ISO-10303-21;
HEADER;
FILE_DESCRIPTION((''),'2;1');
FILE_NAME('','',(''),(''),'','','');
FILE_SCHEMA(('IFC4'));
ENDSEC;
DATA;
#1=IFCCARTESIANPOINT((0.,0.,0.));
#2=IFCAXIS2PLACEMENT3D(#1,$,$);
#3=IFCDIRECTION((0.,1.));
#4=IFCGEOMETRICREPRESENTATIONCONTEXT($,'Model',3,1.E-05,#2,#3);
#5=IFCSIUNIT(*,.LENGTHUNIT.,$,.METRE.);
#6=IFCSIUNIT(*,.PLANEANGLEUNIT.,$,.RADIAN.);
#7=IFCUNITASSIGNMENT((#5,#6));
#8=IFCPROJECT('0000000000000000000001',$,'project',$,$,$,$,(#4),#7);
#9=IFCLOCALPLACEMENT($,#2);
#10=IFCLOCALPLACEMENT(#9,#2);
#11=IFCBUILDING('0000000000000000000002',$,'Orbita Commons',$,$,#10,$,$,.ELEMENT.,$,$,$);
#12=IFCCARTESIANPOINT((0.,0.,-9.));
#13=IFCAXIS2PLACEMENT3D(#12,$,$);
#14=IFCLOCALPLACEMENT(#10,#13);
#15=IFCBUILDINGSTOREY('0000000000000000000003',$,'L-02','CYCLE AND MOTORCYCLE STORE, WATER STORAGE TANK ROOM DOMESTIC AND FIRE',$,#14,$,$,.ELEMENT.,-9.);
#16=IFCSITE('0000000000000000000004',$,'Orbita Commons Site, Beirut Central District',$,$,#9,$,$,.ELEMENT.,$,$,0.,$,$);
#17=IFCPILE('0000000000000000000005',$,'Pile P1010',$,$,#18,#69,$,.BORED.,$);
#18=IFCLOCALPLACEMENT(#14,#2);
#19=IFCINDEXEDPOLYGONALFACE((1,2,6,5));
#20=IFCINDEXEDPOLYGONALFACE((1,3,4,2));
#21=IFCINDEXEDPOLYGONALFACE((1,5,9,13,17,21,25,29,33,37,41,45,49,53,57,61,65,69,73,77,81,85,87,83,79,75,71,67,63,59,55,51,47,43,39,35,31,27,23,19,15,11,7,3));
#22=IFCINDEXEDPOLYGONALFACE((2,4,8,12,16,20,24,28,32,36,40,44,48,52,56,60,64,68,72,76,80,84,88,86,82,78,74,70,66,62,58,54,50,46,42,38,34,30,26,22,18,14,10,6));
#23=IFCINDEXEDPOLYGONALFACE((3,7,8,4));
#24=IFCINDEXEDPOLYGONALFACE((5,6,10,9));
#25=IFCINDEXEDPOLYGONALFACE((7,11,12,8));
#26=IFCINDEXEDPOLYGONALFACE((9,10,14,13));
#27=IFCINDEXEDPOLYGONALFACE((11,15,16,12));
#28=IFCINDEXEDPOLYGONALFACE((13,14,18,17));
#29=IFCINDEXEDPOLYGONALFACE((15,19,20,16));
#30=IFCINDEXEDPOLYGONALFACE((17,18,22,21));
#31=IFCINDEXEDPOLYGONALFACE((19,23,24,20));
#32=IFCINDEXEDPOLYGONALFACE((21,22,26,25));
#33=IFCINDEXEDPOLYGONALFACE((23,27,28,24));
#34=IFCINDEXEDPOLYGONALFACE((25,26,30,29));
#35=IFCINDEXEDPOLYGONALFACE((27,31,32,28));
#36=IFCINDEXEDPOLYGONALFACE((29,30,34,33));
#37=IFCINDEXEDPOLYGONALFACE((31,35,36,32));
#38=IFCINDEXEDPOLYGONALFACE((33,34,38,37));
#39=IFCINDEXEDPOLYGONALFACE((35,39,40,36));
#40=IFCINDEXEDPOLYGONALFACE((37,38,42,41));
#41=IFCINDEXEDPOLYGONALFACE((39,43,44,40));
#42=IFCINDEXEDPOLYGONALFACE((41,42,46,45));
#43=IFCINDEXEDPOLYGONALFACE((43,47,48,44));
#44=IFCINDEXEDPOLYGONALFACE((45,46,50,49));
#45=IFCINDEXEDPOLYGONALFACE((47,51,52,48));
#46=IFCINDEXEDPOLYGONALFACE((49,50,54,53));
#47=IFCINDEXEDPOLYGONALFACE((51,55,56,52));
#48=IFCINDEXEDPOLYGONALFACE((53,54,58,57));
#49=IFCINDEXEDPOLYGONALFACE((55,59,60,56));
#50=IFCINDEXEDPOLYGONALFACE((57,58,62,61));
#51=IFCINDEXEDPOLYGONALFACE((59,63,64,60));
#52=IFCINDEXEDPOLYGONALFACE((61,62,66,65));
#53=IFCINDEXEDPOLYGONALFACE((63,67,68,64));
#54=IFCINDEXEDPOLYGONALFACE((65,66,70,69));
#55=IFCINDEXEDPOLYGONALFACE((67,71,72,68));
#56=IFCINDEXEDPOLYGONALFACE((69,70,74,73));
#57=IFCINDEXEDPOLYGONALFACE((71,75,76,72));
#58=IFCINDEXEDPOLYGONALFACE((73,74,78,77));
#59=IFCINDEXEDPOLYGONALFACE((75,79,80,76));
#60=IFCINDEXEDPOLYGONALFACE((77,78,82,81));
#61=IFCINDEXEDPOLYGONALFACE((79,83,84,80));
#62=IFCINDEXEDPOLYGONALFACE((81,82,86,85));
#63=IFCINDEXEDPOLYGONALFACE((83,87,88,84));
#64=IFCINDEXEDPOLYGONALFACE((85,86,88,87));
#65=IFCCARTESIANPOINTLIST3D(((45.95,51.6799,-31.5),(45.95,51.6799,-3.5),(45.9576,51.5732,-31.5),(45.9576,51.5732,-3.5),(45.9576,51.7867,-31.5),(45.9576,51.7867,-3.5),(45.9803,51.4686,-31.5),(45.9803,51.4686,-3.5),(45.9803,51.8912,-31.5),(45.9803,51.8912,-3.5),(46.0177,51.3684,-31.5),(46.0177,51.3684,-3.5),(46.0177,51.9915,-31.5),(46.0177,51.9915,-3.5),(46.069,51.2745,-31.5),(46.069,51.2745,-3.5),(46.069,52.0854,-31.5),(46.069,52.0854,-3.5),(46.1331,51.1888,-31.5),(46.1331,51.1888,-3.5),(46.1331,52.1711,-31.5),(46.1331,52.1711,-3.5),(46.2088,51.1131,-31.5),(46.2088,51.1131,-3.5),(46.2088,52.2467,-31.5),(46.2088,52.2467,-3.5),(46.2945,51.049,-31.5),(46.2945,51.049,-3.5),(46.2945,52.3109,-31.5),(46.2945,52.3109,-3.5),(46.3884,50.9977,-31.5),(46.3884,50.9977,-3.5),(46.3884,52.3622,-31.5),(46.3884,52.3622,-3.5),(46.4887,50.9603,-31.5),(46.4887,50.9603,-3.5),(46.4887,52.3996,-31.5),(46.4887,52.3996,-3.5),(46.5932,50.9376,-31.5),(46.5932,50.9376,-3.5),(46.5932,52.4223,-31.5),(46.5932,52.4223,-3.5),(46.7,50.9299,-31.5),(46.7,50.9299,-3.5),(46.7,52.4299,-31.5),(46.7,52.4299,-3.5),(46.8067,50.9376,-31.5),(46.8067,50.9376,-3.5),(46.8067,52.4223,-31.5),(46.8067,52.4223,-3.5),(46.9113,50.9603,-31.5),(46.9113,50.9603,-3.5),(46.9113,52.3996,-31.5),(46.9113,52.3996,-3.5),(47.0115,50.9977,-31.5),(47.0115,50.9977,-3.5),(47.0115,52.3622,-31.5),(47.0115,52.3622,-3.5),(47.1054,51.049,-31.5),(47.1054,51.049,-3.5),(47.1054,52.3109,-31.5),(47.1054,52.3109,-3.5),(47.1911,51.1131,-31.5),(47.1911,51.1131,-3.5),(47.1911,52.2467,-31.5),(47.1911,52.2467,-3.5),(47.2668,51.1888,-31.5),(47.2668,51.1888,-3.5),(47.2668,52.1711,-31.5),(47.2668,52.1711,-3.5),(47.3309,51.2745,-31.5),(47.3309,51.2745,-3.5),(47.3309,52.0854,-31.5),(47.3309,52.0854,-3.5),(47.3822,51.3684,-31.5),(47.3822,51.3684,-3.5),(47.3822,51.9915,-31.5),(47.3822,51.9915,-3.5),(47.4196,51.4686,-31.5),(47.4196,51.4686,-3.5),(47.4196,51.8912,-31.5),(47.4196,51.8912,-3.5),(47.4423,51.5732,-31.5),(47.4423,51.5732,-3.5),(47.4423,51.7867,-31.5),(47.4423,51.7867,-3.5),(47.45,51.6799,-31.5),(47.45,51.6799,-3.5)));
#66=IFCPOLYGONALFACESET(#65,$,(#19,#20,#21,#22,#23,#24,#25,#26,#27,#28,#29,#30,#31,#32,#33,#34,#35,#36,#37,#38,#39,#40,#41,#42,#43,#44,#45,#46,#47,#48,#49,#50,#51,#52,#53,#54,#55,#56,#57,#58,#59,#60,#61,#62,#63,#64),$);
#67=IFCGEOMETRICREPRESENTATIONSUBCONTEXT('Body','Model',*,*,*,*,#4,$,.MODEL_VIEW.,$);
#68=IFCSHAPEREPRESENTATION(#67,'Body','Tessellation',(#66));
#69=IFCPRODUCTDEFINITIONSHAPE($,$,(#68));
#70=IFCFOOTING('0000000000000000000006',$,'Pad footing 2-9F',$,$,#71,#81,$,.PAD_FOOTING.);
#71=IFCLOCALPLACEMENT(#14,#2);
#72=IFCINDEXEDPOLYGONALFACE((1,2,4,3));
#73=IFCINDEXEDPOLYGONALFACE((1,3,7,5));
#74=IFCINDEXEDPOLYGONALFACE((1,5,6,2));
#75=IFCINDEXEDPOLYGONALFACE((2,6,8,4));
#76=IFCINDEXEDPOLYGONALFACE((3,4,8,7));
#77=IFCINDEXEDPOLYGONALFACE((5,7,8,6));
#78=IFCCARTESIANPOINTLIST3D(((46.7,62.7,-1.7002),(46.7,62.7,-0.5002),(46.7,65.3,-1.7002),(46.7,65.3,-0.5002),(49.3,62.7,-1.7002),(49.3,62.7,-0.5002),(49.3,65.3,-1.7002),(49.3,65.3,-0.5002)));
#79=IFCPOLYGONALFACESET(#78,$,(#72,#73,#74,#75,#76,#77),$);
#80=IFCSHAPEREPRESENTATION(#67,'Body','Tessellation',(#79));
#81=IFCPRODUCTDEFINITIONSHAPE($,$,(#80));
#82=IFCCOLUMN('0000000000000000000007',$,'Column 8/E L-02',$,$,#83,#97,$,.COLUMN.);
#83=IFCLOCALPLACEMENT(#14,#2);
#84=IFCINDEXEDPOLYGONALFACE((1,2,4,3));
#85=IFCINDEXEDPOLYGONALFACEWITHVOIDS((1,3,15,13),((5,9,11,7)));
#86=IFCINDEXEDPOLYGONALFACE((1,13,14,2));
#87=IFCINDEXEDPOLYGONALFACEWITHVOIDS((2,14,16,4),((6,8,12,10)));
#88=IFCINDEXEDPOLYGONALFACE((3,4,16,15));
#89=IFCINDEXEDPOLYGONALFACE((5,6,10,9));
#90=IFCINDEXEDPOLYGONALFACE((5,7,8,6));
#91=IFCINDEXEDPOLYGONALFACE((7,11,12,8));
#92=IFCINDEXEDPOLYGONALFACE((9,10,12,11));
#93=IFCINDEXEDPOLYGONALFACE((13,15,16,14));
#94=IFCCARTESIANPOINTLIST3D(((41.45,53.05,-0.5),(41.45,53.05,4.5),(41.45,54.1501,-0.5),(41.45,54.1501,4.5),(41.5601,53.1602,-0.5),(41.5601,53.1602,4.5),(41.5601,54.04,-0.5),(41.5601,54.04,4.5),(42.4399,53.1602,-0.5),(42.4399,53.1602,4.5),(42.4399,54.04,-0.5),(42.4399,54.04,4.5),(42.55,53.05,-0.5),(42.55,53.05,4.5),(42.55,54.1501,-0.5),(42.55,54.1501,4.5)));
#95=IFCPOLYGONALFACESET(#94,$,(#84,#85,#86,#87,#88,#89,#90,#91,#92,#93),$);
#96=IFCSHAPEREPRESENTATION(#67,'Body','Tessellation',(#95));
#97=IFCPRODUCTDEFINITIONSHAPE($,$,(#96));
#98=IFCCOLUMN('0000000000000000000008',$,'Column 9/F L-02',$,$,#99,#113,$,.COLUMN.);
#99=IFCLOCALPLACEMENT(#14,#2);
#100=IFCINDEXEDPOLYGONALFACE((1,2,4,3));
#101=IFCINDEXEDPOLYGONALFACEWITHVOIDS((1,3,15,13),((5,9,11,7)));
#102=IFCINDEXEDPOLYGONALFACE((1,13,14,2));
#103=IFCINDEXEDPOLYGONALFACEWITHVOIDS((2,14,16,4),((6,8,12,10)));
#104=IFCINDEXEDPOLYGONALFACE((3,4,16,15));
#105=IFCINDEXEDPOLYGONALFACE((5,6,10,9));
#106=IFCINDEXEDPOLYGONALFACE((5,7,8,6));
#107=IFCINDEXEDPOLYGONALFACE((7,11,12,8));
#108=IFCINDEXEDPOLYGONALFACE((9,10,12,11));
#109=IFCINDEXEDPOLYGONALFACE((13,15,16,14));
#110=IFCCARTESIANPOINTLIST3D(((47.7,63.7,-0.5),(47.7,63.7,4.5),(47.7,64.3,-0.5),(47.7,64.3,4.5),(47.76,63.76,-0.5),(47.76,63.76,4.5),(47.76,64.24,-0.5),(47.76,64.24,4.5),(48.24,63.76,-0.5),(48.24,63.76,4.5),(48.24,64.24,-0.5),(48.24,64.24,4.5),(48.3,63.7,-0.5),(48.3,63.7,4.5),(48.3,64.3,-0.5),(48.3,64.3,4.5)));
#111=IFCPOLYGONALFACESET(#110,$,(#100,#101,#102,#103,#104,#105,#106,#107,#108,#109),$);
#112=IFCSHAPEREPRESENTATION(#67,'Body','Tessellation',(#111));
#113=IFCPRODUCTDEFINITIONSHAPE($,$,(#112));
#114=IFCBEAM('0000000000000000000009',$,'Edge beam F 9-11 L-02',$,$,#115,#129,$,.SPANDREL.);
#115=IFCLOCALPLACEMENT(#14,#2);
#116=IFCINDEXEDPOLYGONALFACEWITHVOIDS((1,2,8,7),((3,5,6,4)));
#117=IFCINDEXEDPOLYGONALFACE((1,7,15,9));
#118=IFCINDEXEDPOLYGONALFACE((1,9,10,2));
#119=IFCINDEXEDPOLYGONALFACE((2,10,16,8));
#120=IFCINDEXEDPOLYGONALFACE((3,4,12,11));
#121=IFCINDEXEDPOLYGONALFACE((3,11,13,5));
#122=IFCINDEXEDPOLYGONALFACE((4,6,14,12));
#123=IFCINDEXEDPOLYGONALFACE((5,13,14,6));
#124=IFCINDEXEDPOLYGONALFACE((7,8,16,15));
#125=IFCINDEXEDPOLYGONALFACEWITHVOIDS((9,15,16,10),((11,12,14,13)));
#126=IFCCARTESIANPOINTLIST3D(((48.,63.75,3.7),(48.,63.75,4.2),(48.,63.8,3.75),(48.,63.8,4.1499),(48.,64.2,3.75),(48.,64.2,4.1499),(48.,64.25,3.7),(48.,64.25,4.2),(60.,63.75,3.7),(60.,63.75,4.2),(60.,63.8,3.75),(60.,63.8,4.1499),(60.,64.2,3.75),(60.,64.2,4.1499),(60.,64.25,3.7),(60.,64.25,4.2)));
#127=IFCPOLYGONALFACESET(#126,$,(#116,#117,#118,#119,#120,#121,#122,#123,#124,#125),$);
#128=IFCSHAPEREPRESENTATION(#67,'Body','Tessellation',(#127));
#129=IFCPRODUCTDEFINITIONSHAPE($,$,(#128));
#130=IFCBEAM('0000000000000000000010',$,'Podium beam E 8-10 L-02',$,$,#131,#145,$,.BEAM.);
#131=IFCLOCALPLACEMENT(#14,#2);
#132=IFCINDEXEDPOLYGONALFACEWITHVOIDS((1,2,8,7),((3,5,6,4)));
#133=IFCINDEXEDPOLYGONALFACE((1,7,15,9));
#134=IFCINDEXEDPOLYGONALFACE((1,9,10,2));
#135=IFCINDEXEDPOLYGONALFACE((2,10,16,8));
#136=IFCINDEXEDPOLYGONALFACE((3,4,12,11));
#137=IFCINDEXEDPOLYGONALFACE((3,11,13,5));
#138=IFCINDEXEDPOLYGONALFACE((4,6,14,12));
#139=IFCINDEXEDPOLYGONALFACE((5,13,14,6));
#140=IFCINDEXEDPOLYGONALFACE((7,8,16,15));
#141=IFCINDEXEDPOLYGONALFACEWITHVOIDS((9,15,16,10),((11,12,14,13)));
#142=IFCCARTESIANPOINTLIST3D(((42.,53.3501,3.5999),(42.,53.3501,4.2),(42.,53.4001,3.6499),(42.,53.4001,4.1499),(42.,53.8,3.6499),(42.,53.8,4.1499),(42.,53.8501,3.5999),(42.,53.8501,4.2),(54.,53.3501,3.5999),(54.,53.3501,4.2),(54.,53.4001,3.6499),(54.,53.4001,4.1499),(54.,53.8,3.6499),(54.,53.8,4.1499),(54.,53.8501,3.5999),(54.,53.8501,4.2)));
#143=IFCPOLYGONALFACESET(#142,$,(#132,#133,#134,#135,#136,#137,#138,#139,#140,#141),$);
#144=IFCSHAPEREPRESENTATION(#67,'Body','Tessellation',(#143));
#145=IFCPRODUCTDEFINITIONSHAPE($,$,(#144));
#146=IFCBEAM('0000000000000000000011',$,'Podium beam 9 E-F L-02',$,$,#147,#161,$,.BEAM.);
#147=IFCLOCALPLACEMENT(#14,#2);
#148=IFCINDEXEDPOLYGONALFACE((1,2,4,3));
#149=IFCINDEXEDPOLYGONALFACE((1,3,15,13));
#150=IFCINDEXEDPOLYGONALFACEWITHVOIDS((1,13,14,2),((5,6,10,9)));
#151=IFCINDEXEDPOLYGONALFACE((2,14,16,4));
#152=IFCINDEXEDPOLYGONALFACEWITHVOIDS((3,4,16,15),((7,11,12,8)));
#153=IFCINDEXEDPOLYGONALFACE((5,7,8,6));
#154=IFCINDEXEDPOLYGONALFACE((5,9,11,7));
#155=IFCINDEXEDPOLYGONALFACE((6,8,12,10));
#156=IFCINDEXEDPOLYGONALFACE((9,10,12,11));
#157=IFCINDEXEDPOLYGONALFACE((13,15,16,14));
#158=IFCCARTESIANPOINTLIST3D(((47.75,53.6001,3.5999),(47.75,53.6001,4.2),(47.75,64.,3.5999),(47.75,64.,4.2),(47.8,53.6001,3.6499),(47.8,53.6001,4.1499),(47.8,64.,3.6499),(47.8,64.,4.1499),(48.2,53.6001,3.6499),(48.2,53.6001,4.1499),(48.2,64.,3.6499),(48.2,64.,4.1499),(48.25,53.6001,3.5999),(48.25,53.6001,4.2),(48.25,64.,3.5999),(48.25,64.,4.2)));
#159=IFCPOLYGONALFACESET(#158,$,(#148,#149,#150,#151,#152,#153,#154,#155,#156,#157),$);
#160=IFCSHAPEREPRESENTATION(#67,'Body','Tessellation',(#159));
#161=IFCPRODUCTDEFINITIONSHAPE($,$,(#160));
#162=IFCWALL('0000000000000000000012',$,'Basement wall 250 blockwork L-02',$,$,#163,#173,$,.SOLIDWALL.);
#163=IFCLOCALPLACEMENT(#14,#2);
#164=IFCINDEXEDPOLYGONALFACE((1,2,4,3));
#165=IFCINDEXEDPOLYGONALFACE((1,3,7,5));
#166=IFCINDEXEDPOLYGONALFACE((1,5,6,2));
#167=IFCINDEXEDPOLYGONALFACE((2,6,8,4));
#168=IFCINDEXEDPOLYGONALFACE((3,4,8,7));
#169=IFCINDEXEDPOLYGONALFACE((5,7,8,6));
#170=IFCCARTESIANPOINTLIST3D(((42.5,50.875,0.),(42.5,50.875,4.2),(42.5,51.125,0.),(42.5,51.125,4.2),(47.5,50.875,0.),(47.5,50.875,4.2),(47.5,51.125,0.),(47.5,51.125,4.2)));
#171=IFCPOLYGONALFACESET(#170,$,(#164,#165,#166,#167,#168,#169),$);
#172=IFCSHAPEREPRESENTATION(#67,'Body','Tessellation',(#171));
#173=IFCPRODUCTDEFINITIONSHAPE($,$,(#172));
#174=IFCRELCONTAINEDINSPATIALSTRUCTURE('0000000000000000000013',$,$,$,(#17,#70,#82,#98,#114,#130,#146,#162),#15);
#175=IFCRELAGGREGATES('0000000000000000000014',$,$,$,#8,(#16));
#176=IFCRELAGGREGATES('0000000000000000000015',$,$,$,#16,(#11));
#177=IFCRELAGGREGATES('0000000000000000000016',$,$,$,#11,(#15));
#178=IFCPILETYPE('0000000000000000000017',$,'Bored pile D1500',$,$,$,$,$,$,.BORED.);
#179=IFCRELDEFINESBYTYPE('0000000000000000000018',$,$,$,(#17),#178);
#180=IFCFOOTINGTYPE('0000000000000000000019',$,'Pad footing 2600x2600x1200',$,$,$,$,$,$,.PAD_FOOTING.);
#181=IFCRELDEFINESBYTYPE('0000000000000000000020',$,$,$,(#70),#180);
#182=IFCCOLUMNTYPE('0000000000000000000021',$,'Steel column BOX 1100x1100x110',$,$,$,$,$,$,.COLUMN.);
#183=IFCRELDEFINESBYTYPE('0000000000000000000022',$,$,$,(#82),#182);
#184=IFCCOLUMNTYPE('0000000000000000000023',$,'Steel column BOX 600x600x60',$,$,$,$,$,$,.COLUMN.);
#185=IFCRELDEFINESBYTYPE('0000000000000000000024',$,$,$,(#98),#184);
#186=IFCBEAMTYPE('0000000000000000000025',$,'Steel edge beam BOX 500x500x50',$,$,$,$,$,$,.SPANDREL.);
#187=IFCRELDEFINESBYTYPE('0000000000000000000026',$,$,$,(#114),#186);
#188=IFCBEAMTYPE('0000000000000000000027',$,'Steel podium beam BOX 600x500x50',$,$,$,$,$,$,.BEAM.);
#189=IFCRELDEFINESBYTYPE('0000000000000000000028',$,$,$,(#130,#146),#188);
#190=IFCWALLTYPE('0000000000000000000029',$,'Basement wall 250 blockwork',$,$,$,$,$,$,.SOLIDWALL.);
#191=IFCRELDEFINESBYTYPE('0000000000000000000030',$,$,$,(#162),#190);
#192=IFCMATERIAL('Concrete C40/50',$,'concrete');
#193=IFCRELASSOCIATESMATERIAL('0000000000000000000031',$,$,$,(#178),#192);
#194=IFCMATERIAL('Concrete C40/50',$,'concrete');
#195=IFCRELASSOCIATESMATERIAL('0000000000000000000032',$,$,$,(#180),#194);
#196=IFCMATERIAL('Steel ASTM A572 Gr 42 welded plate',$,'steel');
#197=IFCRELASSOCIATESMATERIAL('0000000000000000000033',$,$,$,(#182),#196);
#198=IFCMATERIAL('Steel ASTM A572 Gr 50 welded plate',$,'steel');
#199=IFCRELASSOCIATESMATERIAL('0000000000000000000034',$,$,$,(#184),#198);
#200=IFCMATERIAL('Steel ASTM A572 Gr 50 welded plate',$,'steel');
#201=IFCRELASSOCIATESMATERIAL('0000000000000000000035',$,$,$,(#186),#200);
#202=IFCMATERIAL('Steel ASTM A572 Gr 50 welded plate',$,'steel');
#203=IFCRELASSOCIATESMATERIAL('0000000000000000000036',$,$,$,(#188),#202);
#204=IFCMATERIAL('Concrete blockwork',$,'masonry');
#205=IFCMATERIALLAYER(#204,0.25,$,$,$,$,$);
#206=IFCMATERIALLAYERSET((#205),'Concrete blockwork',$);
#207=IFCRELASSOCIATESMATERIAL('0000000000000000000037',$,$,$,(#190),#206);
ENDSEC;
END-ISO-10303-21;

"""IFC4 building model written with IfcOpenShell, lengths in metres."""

from ifc_helpers import new_model, si_unit, direction, frame, frame_2d, origin, origin_2d, place, context, subcontext, project, spatial, rectangle, hollow_rectangle, circle, extrude, material, layer, layer_set, material_profile, profile_set, type_object, element, save


model = new_model("IFC4")

# Units and contexts
model_context = context("Model", 3, precision=1e-05, world=origin(), true_north=direction((0.0, 1.0)))
body_context = subcontext(model_context, "Body", "Model", "MODEL_VIEW")
ifc_project = project(units=[si_unit("LENGTHUNIT", "METRE"), si_unit("PLANEANGLEUNIT", "RADIAN")], contexts=[model_context])

# Site, building, storey
site_placement = place(None, origin())
site = spatial("IfcSite", under=ifc_project, at=site_placement, Name="Orbita Commons Site, Beirut Central District", CompositionType="ELEMENT", RefElevation=0.0)
building_placement = place(site_placement, origin())
building = spatial("IfcBuilding", under=site, at=building_placement, Name="Orbita Commons", CompositionType="ELEMENT")
storey_placement = place(building_placement, frame((0.0, 0.0, -9.0)))
storey = spatial("IfcBuildingStorey", under=building, at=storey_placement, Name="L-02", Description="CYCLE AND MOTORCYCLE STORE, WATER STORAGE TANK ROOM DOMESTIC AND FIRE", CompositionType="ELEMENT", Elevation=-9.0)

# Pile
ifc_material_1 = material(Name="Concrete C40/50", Category="concrete")
ifc_material_profile_1 = material_profile(ifc_material_1, circle(Radius=0.75, at=origin_2d()), Name="RC D1500")
ifc_profile_set_1 = profile_set([ifc_material_profile_1], Name="Concrete C40/50")
pile_type = type_object("IfcPileType", Name="Bored pile D1500", PredefinedType="BORED", material=ifc_profile_set_1)
for number, where, z_axis, x_axis, name in (
    (1, (46.7, 51.6799, -3.5), (0.0, 0.0, -1.0), (1.0, 0.0, 0.0), "Pile P1010"),
):
    element("IfcPile", number, at=place(storey_placement, frame(where, z_axis=z_axis, x_axis=x_axis)), inside=storey, type_object=pile_type, Name=name, PredefinedType="BORED", context=body_context, shape_type="SweptSolid", body=[
        extrude(circle(Radius=0.75, at=origin_2d()), origin(), (0.0, 0.0, 1.0), 28.0),
    ])

# Footing
ifc_material_2 = material(Name="Concrete C40/50", Category="concrete")
footing_type = type_object("IfcFootingType", Name="Pad footing 2600x2600x1200", PredefinedType="PAD_FOOTING", material=ifc_material_2)
footing_placement = place(storey_placement, frame((48.0, 64.0, -1.7002), z_axis=(0.0, 0.0, 1.0), x_axis=(1.0, 0.0, 0.0)))
element("IfcFooting", 2, at=footing_placement, inside=storey, type_object=footing_type, Name="Pad footing 2-9F", PredefinedType="PAD_FOOTING", context=body_context, shape_type="SweptSolid", body=[
    extrude(rectangle(XDim=2.6001, YDim=2.6001, at=origin_2d()), origin(), (0.0, 0.0, 1.0), 1.2),
])

# Columns
ifc_material_3 = material(Name="Steel ASTM A572 Gr 42 welded plate", Category="steel")
ifc_material_profile_2 = material_profile(ifc_material_3, hollow_rectangle(XDim=1.1001, YDim=1.1001, WallThickness=0.1101, at=origin_2d()), Name="BOX 1100x1100x110")
ifc_profile_set_2 = profile_set([ifc_material_profile_2], Name="Steel ASTM A572 Gr 42 welded plate")
column_type_1 = type_object("IfcColumnType", Name="Steel column BOX 1100x1100x110", PredefinedType="COLUMN", material=ifc_profile_set_2)
column_1_placement = place(storey_placement, frame((42.0, 53.6001, -0.5), z_axis=(0.0, 0.0, 1.0), x_axis=(1.0, 0.0, 0.0)))
element("IfcColumn", 3, at=column_1_placement, inside=storey, type_object=column_type_1, Name="Column 8/E L-02", PredefinedType="COLUMN", context=body_context, shape_type="SweptSolid", body=[
    extrude(hollow_rectangle(XDim=1.1001, YDim=1.1001, WallThickness=0.1101, at=origin_2d()), origin(), (0.0, 0.0, 1.0), 5.0),
])
ifc_material_4 = material(Name="Steel ASTM A572 Gr 50 welded plate", Category="steel")
ifc_material_profile_3 = material_profile(ifc_material_4, hollow_rectangle(XDim=0.6001, YDim=0.6001, WallThickness=0.0601, at=origin_2d()), Name="BOX 600x600x60")
ifc_profile_set_3 = profile_set([ifc_material_profile_3], Name="Steel ASTM A572 Gr 50 welded plate")
column_type_2 = type_object("IfcColumnType", Name="Steel column BOX 600x600x60", PredefinedType="COLUMN", material=ifc_profile_set_3)
column_2_placement = place(storey_placement, frame((48.0, 64.0, -0.5), z_axis=(0.0, 0.0, 1.0), x_axis=(1.0, 0.0, 0.0)))
element("IfcColumn", 4, at=column_2_placement, inside=storey, type_object=column_type_2, Name="Column 9/F L-02", PredefinedType="COLUMN", context=body_context, shape_type="SweptSolid", body=[
    extrude(hollow_rectangle(XDim=0.6001, YDim=0.6001, WallThickness=0.0601, at=origin_2d()), origin(), (0.0, 0.0, 1.0), 5.0),
])

# Beams
ifc_material_5 = material(Name="Steel ASTM A572 Gr 50 welded plate", Category="steel")
ifc_material_profile_4 = material_profile(ifc_material_5, hollow_rectangle(XDim=0.5, YDim=0.5, WallThickness=0.05, at=origin_2d()), Name="BOX 500x500x50")
ifc_profile_set_4 = profile_set([ifc_material_profile_4], Name="Steel ASTM A572 Gr 50 welded plate")
beam_type_1 = type_object("IfcBeamType", Name="Steel edge beam BOX 500x500x50", PredefinedType="SPANDREL", material=ifc_profile_set_4)
beam_1_placement = place(storey_placement, frame((48.0, 64.0, 3.95), z_axis=(1.0, 0.0, 0.0), x_axis=(0.0, 1.0, 0.0)))
element("IfcBeam", 5, at=beam_1_placement, inside=storey, type_object=beam_type_1, Name="Edge beam F 9-11 L-02", PredefinedType="SPANDREL", context=body_context, shape_type="SweptSolid", body=[
    extrude(hollow_rectangle(XDim=0.5, YDim=0.5, WallThickness=0.05, at=origin_2d()), origin(), (0.0, 0.0, 1.0), 12.0),
])
ifc_material_6 = material(Name="Steel ASTM A572 Gr 50 welded plate", Category="steel")
ifc_material_profile_5 = material_profile(ifc_material_6, hollow_rectangle(XDim=0.5, YDim=0.6001, WallThickness=0.05, at=origin_2d()), Name="BOX 600x500x50")
ifc_profile_set_5 = profile_set([ifc_material_profile_5], Name="Steel ASTM A572 Gr 50 welded plate")
beam_type_2 = type_object("IfcBeamType", Name="Steel podium beam BOX 600x500x50", PredefinedType="BEAM", material=ifc_profile_set_5)
beam_2_placement = place(storey_placement, frame((42.0, 53.6001, 3.8999), z_axis=(1.0, 0.0, 0.0), x_axis=(0.0, 1.0, 0.0)))
element("IfcBeam", 6, at=beam_2_placement, inside=storey, type_object=beam_type_2, Name="Podium beam E 8-10 L-02", PredefinedType="BEAM", context=body_context, shape_type="SweptSolid", body=[
    extrude(hollow_rectangle(XDim=0.5, YDim=0.6001, WallThickness=0.05, at=origin_2d()), origin(), (0.0, 0.0, 1.0), 12.0),
])
beam_3_placement = place(storey_placement, frame((48.0, 53.6001, 3.8999), z_axis=(0.0, 1.0, 0.0), x_axis=(-1.0, 0.0, 0.0)))
element("IfcBeam", 7, at=beam_3_placement, inside=storey, type_object=beam_type_2, Name="Podium beam 9 E-F L-02", PredefinedType="BEAM", context=body_context, shape_type="SweptSolid", body=[
    extrude(hollow_rectangle(XDim=0.5, YDim=0.6001, WallThickness=0.05, at=origin_2d()), origin(), (0.0, 0.0, 1.0), 10.3999),
])

# Wall
ifc_material_7 = material(Name="Concrete blockwork", Category="masonry")
ifc_layer_1 = layer(ifc_material_7, 0.25)
ifc_layer_set_1 = layer_set([ifc_layer_1], Name="Concrete blockwork")
wall_type_1 = type_object("IfcWallType", Name="Basement wall 250 blockwork", PredefinedType="SOLIDWALL", material=ifc_layer_set_1)
wall_1_placement = place(storey_placement, frame((42.5, 51.0, 0.0), z_axis=(0.0, 0.0, 1.0), x_axis=(1.0, 0.0, 0.0)))
element("IfcWall", 8, at=wall_1_placement, inside=storey, type_object=wall_type_1, Name="Basement wall 250 blockwork L-02", PredefinedType="SOLIDWALL", context=body_context, shape_type="SweptSolid", body=[
    extrude(rectangle(XDim=5.0, YDim=0.25, at=frame_2d((2.5, 0.0))), origin(), (0.0, 0.0, 1.0), 4.2),
])

save(model, "model.ifc")
